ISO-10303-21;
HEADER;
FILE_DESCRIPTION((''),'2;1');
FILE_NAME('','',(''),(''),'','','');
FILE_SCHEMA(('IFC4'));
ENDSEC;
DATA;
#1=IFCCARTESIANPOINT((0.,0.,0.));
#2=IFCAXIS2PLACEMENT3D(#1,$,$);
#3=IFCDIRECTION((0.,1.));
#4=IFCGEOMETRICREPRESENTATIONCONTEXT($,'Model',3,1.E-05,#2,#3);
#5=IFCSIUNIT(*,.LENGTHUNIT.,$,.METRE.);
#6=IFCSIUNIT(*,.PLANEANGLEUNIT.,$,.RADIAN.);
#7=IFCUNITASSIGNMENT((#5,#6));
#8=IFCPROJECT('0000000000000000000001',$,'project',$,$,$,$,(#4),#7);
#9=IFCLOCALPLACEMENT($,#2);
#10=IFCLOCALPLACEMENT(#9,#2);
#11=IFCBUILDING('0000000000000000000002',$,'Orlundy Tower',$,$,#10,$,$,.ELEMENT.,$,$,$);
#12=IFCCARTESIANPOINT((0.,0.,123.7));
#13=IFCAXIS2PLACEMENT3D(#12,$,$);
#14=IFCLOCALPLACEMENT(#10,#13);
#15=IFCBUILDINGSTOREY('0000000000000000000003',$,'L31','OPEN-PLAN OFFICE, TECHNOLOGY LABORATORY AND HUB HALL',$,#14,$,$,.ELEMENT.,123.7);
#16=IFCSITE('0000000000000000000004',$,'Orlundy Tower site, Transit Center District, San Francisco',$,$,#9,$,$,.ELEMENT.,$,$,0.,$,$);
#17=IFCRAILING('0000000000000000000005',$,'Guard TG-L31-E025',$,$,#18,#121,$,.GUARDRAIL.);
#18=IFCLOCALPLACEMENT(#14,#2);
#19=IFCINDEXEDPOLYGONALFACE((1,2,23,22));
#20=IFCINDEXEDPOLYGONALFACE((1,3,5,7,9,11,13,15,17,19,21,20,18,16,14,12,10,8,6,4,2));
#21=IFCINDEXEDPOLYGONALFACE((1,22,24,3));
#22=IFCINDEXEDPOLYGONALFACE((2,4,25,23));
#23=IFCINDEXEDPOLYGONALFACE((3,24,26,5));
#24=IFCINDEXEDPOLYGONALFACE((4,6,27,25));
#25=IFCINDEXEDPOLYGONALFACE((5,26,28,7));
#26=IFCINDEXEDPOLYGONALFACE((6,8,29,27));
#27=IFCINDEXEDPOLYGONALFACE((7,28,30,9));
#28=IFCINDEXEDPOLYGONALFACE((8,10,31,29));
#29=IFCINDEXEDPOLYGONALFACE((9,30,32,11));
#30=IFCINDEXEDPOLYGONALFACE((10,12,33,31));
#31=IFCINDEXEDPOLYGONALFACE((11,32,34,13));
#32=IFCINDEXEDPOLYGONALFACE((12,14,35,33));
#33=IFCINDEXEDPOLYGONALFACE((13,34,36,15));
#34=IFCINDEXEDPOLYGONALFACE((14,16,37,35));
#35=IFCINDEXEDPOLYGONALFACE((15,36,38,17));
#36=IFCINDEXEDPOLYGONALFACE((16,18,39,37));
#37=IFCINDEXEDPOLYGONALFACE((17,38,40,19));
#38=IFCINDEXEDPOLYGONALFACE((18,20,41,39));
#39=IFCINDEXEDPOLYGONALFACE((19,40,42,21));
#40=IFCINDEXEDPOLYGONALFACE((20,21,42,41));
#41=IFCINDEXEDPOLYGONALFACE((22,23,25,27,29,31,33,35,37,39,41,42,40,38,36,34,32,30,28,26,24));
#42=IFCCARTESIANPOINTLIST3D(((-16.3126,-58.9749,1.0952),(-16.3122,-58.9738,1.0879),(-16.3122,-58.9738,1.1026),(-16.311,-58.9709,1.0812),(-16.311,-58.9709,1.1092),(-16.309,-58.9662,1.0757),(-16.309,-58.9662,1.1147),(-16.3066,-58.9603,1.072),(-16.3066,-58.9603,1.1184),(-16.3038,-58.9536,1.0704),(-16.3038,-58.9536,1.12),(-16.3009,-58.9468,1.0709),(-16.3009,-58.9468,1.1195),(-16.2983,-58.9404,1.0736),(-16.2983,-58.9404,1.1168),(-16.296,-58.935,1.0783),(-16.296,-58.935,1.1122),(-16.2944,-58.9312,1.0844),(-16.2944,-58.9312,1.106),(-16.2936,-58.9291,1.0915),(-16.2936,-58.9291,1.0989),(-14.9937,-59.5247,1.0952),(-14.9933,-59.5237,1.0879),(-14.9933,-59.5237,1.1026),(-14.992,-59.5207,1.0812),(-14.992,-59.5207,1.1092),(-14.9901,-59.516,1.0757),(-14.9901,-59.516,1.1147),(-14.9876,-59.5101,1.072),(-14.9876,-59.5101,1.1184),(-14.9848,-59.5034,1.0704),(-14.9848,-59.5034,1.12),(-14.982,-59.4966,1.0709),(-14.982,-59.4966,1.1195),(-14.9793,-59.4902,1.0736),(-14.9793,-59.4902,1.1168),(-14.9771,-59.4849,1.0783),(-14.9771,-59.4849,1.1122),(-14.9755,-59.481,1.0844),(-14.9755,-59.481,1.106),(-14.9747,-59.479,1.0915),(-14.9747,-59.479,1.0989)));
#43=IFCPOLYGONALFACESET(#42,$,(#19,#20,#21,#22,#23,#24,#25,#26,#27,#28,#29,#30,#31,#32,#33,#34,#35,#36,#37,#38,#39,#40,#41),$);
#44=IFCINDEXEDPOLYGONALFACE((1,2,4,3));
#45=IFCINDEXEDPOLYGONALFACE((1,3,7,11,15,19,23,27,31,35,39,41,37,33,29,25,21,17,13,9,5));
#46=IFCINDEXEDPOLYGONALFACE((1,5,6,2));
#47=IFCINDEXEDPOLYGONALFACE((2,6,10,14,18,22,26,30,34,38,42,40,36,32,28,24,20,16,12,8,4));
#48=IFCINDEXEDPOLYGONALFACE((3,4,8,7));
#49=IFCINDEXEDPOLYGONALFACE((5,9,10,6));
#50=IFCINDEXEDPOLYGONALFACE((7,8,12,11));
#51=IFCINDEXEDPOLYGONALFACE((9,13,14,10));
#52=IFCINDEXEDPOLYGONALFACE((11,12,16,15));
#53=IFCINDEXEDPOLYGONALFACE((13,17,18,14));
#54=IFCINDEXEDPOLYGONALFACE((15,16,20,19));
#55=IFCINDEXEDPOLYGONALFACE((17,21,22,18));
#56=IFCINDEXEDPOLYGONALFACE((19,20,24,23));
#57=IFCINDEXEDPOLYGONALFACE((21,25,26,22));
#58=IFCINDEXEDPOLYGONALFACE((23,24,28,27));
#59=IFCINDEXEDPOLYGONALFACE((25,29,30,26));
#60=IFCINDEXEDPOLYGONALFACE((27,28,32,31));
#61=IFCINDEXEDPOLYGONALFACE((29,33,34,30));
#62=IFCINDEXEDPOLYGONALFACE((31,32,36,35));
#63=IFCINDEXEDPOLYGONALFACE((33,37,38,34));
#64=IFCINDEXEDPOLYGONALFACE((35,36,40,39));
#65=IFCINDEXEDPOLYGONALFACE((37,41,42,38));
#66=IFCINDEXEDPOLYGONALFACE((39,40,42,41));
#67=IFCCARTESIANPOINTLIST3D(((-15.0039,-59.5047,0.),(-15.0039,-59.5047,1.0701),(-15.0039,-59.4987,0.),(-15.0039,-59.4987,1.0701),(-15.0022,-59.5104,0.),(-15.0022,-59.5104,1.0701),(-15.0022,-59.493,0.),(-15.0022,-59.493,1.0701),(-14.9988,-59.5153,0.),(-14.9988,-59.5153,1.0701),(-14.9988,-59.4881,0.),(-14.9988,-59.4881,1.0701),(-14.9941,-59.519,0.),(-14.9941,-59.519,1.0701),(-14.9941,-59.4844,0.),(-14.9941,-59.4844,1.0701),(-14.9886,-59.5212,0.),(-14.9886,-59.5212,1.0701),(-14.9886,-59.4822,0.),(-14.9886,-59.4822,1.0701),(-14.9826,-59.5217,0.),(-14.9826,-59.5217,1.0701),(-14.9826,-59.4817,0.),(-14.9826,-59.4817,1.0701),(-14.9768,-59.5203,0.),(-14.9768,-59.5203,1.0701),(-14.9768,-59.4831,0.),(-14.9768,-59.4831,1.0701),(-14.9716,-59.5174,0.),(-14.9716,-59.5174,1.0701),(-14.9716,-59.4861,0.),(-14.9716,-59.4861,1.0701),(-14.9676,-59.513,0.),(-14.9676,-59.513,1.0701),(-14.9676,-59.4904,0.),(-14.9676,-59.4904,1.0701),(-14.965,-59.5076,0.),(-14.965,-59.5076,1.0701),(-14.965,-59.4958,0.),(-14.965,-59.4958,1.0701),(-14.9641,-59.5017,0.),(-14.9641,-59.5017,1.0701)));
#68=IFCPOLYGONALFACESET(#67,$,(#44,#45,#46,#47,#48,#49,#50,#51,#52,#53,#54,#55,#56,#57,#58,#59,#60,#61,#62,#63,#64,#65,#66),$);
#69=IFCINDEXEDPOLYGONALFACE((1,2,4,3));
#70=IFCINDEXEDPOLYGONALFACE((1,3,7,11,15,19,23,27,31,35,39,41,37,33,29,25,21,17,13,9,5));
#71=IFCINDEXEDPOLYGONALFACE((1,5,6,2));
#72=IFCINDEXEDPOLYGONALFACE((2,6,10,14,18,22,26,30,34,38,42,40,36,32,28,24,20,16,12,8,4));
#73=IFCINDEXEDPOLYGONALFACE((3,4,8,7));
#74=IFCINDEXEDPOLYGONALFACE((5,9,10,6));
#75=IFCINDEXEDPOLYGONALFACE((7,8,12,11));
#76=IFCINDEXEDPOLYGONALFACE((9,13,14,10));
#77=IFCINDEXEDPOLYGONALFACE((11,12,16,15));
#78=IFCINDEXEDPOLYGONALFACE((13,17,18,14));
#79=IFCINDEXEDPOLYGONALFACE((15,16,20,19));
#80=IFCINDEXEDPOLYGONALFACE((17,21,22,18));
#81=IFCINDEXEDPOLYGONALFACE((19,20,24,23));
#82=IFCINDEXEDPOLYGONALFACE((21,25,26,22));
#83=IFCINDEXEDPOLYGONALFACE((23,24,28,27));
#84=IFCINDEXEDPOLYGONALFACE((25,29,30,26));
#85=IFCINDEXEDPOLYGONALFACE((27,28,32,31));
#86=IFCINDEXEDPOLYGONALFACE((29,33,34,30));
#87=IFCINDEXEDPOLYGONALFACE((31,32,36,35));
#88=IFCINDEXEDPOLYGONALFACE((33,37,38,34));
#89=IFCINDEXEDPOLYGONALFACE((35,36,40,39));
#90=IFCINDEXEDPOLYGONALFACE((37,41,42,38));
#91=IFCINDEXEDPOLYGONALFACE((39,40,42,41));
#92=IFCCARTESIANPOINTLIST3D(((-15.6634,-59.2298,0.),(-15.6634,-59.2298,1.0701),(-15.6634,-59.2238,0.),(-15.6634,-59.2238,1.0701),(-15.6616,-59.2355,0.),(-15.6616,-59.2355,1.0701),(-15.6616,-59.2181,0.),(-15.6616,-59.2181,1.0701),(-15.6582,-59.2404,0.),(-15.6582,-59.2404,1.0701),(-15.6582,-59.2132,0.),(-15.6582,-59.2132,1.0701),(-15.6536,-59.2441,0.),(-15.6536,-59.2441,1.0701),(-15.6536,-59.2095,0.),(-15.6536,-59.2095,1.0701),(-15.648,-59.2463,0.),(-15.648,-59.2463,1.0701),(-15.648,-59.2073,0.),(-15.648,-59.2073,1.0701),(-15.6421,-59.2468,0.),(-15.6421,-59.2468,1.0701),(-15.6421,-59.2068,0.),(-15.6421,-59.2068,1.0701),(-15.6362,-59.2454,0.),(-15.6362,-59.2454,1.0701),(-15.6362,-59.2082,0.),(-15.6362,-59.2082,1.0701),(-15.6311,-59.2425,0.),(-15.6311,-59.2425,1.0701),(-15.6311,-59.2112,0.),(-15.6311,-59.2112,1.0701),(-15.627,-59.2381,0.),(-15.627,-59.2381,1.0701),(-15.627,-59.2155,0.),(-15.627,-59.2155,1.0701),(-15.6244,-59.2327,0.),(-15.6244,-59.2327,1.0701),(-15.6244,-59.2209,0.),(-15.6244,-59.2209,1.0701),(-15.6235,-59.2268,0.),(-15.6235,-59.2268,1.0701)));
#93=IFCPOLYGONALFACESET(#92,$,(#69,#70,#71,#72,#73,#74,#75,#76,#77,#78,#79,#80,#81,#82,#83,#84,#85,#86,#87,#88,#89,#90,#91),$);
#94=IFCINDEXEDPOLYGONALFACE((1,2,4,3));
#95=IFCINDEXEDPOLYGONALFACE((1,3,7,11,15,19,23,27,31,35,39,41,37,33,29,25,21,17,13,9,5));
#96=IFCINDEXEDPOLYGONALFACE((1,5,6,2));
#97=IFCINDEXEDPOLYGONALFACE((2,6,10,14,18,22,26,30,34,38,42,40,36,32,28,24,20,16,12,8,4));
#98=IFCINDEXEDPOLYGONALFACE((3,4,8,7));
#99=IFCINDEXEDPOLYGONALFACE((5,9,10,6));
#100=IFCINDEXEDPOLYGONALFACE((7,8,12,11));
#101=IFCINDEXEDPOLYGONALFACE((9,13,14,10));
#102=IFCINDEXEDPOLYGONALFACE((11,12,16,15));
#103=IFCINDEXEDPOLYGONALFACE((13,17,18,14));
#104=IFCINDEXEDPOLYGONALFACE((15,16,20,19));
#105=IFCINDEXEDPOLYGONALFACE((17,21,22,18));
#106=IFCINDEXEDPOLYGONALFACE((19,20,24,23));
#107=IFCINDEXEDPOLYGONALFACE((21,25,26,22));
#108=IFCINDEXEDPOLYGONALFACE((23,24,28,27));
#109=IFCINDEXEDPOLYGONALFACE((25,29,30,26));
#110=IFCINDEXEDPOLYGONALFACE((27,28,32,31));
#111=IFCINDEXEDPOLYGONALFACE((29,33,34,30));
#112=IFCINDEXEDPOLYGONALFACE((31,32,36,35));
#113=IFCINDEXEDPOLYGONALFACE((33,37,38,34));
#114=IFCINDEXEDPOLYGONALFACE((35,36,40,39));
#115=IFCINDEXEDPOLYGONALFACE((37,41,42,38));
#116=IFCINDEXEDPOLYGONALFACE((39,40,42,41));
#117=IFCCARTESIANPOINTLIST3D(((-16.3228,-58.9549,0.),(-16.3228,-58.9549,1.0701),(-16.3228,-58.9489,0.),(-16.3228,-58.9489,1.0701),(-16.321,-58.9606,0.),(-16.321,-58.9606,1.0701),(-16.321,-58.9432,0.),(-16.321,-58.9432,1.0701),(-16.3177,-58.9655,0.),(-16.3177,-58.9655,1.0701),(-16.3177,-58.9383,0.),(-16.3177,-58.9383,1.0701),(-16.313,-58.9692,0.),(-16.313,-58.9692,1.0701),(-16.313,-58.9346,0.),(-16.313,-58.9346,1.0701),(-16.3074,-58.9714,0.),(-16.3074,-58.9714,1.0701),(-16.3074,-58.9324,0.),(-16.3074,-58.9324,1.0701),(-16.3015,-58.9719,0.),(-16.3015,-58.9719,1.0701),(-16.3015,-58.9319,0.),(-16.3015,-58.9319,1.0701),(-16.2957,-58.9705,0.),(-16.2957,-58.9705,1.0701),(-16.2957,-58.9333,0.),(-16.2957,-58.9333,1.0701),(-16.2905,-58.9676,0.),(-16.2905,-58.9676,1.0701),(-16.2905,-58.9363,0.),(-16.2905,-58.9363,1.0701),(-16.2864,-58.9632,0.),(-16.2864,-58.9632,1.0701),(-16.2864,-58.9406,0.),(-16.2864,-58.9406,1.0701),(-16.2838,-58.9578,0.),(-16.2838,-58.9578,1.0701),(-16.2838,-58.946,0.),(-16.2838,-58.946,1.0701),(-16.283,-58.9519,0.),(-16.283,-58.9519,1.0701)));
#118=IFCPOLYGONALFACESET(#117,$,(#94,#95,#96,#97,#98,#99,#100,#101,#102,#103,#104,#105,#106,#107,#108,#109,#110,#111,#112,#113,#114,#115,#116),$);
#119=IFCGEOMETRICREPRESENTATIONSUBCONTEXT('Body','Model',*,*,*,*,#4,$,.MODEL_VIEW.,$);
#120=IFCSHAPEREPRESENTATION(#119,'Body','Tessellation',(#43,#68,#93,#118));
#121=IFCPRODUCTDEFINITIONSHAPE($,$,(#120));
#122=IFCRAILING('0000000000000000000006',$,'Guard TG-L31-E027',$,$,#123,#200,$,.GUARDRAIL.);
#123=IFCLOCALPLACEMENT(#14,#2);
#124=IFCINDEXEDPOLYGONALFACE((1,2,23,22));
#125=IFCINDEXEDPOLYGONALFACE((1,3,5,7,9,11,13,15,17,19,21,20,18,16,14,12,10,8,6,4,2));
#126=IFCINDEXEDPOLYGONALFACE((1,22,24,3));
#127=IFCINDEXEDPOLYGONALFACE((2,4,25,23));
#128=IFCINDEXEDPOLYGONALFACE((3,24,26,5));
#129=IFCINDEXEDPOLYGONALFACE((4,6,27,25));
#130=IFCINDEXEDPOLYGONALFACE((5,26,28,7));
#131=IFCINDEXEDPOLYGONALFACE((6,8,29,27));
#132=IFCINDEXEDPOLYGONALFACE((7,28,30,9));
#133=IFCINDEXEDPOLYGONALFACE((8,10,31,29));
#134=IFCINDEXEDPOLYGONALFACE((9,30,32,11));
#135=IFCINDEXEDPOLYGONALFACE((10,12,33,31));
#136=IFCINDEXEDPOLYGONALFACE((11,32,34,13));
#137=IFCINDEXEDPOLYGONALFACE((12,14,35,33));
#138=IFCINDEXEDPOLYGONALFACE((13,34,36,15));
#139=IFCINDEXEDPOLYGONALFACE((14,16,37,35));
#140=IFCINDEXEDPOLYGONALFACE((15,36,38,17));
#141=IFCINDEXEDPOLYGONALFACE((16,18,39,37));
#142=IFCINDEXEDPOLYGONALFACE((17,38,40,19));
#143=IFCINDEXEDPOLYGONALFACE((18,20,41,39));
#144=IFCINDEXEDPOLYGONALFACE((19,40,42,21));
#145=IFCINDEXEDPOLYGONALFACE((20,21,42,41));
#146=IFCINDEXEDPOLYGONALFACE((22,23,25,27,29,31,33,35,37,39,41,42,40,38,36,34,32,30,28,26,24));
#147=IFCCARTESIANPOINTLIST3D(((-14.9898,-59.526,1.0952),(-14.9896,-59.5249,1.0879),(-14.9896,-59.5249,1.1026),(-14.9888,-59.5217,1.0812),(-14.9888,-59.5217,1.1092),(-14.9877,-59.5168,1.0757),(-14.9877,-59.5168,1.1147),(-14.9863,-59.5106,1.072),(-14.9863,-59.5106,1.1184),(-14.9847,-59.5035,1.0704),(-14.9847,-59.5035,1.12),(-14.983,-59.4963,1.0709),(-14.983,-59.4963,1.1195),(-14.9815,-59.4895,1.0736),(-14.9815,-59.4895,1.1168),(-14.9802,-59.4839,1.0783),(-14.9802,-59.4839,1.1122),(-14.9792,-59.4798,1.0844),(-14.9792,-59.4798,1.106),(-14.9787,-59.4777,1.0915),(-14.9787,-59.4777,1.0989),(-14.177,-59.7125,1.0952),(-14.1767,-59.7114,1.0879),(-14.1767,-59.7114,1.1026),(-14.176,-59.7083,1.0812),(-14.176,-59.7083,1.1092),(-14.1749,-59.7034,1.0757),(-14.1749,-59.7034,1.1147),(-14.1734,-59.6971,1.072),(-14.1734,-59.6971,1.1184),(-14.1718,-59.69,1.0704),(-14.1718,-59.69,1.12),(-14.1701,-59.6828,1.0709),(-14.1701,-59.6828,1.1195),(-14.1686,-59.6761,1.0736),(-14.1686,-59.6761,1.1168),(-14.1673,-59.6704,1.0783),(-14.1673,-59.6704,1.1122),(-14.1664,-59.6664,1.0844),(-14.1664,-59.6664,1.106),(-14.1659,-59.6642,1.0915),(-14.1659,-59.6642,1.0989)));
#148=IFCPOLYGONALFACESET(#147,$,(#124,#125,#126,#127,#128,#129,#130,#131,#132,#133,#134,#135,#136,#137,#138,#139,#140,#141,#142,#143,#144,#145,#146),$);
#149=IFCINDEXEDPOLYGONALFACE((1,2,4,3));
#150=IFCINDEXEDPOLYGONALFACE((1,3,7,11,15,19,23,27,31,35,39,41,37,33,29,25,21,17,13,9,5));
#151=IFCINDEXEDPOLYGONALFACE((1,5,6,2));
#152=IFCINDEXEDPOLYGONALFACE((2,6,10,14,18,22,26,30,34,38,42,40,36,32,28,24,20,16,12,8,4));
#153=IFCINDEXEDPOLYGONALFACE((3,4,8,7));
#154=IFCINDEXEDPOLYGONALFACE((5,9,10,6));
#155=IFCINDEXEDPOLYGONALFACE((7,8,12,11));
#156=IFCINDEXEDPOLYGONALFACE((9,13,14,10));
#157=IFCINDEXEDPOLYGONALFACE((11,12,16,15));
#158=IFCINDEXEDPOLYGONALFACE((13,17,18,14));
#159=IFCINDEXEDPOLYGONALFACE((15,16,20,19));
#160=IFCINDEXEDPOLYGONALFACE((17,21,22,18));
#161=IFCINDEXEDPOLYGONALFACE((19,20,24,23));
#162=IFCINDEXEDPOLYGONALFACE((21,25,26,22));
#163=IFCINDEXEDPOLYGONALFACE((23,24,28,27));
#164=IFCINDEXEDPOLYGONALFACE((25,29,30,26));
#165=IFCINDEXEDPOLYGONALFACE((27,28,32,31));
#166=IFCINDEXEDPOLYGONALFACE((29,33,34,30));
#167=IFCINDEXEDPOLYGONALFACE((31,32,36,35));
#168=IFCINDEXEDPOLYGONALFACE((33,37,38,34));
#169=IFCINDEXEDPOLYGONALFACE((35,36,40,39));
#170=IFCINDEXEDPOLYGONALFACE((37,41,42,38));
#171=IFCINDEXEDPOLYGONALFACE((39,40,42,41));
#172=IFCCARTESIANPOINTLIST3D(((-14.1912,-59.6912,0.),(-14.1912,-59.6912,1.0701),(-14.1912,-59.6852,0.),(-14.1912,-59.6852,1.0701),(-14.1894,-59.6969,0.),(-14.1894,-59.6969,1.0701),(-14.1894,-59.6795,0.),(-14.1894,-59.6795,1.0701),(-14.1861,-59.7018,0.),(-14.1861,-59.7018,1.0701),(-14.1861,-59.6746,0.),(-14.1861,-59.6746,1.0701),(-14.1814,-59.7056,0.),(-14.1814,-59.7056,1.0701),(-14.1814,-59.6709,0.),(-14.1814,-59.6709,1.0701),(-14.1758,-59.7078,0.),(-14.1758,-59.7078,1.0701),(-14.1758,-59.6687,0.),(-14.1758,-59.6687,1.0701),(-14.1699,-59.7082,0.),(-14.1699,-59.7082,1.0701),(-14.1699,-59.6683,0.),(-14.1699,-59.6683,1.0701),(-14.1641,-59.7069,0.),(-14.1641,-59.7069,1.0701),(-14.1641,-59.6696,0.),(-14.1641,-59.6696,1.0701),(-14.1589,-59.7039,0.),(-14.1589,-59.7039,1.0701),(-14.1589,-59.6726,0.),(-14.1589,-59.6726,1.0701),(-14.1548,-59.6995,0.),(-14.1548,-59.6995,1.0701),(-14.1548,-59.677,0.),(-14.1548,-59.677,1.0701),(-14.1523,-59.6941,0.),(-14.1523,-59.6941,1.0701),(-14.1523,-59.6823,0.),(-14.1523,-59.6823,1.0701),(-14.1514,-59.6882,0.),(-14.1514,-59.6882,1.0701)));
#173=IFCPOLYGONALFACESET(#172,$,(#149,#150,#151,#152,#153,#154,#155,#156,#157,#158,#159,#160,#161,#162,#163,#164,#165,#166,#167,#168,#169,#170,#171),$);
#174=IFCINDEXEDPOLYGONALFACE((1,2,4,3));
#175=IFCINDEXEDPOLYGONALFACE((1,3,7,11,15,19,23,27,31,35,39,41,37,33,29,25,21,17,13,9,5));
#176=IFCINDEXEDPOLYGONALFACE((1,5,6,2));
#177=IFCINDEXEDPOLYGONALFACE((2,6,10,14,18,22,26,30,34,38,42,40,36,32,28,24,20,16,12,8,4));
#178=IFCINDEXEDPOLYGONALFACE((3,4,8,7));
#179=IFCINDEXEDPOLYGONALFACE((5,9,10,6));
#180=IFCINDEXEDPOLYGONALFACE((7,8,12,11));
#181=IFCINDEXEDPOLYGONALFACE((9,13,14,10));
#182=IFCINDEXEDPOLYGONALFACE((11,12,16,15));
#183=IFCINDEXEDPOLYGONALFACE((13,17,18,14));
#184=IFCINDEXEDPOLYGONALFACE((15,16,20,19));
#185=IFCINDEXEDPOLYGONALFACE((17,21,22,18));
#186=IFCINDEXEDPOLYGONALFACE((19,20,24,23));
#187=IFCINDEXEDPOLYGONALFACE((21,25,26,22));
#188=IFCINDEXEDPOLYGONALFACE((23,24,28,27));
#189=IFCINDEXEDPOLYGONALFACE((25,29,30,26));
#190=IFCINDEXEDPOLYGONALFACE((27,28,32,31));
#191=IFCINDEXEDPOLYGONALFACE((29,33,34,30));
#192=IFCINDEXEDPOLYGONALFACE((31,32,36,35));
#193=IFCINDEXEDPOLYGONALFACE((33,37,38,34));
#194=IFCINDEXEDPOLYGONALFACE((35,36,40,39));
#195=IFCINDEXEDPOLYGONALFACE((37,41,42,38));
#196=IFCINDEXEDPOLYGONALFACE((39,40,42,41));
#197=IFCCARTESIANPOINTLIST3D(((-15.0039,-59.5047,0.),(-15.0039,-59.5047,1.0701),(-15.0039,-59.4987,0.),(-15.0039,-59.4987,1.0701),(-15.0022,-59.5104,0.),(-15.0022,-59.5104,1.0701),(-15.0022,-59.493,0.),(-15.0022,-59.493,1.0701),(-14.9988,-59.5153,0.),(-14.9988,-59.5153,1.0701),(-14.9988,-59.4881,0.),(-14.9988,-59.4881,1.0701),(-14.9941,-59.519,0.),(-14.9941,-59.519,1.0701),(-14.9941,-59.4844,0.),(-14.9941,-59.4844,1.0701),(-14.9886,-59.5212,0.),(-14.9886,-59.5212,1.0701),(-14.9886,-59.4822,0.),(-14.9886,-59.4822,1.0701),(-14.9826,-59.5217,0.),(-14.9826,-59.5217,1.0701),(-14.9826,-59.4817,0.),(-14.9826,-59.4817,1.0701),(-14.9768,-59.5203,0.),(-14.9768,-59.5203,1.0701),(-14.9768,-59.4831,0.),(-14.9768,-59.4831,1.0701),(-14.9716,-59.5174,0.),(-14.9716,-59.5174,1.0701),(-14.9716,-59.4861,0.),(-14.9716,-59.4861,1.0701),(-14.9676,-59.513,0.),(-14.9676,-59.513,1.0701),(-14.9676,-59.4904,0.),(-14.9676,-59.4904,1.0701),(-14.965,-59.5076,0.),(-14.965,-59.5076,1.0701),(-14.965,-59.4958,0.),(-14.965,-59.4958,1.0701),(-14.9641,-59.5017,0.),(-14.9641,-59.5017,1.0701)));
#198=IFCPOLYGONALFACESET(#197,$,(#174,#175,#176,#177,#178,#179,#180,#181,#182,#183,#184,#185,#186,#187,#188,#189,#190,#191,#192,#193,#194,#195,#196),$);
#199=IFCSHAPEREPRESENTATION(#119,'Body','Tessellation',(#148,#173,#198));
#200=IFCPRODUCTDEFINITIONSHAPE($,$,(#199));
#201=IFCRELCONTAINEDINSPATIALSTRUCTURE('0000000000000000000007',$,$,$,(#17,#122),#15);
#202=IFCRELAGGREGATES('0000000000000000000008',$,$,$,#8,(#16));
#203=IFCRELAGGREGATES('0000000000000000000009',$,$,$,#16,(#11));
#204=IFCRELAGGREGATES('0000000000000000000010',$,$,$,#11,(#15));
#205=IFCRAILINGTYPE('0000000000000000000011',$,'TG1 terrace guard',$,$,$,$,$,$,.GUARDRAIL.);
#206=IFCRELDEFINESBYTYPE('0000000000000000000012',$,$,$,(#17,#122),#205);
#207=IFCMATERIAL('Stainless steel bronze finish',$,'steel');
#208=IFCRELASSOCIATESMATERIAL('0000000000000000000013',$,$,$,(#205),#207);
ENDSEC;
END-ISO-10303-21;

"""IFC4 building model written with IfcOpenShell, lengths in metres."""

from ifc_helpers import new_model, si_unit, direction, frame, origin, origin_2d, place, context, subcontext, project, spatial, circle, extrude, material, type_object, element, save


model = new_model("IFC4")

# Units and contexts
model_context = context("Model", 3, precision=1e-05, world=origin(), true_north=direction((0.0, 1.0)))
body_context = subcontext(model_context, "Body", "Model", "MODEL_VIEW")
ifc_project = project(units=[si_unit("LENGTHUNIT", "METRE"), si_unit("PLANEANGLEUNIT", "RADIAN")], contexts=[model_context])

# Site, building, storey
site_placement = place(None, origin())
site = spatial("IfcSite", under=ifc_project, at=site_placement, Name="Orlundy Tower site, Transit Center District, San Francisco", CompositionType="ELEMENT", RefElevation=0.0)
building_placement = place(site_placement, origin())
building = spatial("IfcBuilding", under=site, at=building_placement, Name="Orlundy Tower", CompositionType="ELEMENT")
storey_placement = place(building_placement, frame((0.0, 0.0, 123.7)))
storey = spatial("IfcBuildingStorey", under=building, at=storey_placement, Name="L31", Description="OPEN-PLAN OFFICE, TECHNOLOGY LABORATORY AND HUB HALL", CompositionType="ELEMENT", Elevation=123.7)

# Railings
ifc_material_1 = material(Name="Stainless steel bronze finish", Category="steel")
railing_type = type_object("IfcRailingType", Name="TG1 terrace guard", PredefinedType="GUARDRAIL", material=ifc_material_1)
railing_1_placement = place(storey_placement, frame((-14.9841, -59.5017, 0.0)))
element("IfcRailing", 1, at=railing_1_placement, inside=storey, type_object=railing_type, Name="Guard TG-L31-E025", PredefinedType="GUARDRAIL", context=body_context, shape_type="SweptSolid", body=[
    extrude(circle(Radius=0.0249, at=origin_2d()), frame((0.0, 0.0, 1.0952), z_axis=(-0.923006, 0.384785, 0.0), x_axis=(-0.384785, -0.923006, 0.0)), (0.0, 0.0, 1.0), 1.429),
    extrude(circle(Radius=0.02, at=origin_2d()), origin(), (0.0, 0.0, 1.0), 1.0701),
    extrude(circle(Radius=0.02, at=origin_2d()), frame((-0.6594, 0.2749, 0.0)), (0.0, 0.0, 1.0), 1.0701),
    extrude(circle(Radius=0.02, at=origin_2d()), frame((-1.3188, 0.5498, 0.0)), (0.0, 0.0, 1.0), 1.0701),
])
railing_2_placement = place(storey_placement, frame((-14.1714, -59.6882, 0.0)))
element("IfcRailing", 2, at=railing_2_placement, inside=storey, type_object=railing_type, Name="Guard TG-L31-E027", PredefinedType="GUARDRAIL", context=body_context, shape_type="SweptSolid", body=[
    extrude(circle(Radius=0.0249, at=origin_2d()), frame((0.0, 0.0, 1.0952), z_axis=(-0.974662, 0.223683, 0.0), x_axis=(-0.223683, -0.974662, 0.0)), (0.0, 0.0, 1.0), 0.834),
    extrude(circle(Radius=0.02, at=origin_2d()), origin(), (0.0, 0.0, 1.0), 1.0701),
    extrude(circle(Radius=0.02, at=origin_2d()), frame((-0.8127, 0.1865, 0.0)), (0.0, 0.0, 1.0), 1.0701),
])

save(model, "model.ifc")
